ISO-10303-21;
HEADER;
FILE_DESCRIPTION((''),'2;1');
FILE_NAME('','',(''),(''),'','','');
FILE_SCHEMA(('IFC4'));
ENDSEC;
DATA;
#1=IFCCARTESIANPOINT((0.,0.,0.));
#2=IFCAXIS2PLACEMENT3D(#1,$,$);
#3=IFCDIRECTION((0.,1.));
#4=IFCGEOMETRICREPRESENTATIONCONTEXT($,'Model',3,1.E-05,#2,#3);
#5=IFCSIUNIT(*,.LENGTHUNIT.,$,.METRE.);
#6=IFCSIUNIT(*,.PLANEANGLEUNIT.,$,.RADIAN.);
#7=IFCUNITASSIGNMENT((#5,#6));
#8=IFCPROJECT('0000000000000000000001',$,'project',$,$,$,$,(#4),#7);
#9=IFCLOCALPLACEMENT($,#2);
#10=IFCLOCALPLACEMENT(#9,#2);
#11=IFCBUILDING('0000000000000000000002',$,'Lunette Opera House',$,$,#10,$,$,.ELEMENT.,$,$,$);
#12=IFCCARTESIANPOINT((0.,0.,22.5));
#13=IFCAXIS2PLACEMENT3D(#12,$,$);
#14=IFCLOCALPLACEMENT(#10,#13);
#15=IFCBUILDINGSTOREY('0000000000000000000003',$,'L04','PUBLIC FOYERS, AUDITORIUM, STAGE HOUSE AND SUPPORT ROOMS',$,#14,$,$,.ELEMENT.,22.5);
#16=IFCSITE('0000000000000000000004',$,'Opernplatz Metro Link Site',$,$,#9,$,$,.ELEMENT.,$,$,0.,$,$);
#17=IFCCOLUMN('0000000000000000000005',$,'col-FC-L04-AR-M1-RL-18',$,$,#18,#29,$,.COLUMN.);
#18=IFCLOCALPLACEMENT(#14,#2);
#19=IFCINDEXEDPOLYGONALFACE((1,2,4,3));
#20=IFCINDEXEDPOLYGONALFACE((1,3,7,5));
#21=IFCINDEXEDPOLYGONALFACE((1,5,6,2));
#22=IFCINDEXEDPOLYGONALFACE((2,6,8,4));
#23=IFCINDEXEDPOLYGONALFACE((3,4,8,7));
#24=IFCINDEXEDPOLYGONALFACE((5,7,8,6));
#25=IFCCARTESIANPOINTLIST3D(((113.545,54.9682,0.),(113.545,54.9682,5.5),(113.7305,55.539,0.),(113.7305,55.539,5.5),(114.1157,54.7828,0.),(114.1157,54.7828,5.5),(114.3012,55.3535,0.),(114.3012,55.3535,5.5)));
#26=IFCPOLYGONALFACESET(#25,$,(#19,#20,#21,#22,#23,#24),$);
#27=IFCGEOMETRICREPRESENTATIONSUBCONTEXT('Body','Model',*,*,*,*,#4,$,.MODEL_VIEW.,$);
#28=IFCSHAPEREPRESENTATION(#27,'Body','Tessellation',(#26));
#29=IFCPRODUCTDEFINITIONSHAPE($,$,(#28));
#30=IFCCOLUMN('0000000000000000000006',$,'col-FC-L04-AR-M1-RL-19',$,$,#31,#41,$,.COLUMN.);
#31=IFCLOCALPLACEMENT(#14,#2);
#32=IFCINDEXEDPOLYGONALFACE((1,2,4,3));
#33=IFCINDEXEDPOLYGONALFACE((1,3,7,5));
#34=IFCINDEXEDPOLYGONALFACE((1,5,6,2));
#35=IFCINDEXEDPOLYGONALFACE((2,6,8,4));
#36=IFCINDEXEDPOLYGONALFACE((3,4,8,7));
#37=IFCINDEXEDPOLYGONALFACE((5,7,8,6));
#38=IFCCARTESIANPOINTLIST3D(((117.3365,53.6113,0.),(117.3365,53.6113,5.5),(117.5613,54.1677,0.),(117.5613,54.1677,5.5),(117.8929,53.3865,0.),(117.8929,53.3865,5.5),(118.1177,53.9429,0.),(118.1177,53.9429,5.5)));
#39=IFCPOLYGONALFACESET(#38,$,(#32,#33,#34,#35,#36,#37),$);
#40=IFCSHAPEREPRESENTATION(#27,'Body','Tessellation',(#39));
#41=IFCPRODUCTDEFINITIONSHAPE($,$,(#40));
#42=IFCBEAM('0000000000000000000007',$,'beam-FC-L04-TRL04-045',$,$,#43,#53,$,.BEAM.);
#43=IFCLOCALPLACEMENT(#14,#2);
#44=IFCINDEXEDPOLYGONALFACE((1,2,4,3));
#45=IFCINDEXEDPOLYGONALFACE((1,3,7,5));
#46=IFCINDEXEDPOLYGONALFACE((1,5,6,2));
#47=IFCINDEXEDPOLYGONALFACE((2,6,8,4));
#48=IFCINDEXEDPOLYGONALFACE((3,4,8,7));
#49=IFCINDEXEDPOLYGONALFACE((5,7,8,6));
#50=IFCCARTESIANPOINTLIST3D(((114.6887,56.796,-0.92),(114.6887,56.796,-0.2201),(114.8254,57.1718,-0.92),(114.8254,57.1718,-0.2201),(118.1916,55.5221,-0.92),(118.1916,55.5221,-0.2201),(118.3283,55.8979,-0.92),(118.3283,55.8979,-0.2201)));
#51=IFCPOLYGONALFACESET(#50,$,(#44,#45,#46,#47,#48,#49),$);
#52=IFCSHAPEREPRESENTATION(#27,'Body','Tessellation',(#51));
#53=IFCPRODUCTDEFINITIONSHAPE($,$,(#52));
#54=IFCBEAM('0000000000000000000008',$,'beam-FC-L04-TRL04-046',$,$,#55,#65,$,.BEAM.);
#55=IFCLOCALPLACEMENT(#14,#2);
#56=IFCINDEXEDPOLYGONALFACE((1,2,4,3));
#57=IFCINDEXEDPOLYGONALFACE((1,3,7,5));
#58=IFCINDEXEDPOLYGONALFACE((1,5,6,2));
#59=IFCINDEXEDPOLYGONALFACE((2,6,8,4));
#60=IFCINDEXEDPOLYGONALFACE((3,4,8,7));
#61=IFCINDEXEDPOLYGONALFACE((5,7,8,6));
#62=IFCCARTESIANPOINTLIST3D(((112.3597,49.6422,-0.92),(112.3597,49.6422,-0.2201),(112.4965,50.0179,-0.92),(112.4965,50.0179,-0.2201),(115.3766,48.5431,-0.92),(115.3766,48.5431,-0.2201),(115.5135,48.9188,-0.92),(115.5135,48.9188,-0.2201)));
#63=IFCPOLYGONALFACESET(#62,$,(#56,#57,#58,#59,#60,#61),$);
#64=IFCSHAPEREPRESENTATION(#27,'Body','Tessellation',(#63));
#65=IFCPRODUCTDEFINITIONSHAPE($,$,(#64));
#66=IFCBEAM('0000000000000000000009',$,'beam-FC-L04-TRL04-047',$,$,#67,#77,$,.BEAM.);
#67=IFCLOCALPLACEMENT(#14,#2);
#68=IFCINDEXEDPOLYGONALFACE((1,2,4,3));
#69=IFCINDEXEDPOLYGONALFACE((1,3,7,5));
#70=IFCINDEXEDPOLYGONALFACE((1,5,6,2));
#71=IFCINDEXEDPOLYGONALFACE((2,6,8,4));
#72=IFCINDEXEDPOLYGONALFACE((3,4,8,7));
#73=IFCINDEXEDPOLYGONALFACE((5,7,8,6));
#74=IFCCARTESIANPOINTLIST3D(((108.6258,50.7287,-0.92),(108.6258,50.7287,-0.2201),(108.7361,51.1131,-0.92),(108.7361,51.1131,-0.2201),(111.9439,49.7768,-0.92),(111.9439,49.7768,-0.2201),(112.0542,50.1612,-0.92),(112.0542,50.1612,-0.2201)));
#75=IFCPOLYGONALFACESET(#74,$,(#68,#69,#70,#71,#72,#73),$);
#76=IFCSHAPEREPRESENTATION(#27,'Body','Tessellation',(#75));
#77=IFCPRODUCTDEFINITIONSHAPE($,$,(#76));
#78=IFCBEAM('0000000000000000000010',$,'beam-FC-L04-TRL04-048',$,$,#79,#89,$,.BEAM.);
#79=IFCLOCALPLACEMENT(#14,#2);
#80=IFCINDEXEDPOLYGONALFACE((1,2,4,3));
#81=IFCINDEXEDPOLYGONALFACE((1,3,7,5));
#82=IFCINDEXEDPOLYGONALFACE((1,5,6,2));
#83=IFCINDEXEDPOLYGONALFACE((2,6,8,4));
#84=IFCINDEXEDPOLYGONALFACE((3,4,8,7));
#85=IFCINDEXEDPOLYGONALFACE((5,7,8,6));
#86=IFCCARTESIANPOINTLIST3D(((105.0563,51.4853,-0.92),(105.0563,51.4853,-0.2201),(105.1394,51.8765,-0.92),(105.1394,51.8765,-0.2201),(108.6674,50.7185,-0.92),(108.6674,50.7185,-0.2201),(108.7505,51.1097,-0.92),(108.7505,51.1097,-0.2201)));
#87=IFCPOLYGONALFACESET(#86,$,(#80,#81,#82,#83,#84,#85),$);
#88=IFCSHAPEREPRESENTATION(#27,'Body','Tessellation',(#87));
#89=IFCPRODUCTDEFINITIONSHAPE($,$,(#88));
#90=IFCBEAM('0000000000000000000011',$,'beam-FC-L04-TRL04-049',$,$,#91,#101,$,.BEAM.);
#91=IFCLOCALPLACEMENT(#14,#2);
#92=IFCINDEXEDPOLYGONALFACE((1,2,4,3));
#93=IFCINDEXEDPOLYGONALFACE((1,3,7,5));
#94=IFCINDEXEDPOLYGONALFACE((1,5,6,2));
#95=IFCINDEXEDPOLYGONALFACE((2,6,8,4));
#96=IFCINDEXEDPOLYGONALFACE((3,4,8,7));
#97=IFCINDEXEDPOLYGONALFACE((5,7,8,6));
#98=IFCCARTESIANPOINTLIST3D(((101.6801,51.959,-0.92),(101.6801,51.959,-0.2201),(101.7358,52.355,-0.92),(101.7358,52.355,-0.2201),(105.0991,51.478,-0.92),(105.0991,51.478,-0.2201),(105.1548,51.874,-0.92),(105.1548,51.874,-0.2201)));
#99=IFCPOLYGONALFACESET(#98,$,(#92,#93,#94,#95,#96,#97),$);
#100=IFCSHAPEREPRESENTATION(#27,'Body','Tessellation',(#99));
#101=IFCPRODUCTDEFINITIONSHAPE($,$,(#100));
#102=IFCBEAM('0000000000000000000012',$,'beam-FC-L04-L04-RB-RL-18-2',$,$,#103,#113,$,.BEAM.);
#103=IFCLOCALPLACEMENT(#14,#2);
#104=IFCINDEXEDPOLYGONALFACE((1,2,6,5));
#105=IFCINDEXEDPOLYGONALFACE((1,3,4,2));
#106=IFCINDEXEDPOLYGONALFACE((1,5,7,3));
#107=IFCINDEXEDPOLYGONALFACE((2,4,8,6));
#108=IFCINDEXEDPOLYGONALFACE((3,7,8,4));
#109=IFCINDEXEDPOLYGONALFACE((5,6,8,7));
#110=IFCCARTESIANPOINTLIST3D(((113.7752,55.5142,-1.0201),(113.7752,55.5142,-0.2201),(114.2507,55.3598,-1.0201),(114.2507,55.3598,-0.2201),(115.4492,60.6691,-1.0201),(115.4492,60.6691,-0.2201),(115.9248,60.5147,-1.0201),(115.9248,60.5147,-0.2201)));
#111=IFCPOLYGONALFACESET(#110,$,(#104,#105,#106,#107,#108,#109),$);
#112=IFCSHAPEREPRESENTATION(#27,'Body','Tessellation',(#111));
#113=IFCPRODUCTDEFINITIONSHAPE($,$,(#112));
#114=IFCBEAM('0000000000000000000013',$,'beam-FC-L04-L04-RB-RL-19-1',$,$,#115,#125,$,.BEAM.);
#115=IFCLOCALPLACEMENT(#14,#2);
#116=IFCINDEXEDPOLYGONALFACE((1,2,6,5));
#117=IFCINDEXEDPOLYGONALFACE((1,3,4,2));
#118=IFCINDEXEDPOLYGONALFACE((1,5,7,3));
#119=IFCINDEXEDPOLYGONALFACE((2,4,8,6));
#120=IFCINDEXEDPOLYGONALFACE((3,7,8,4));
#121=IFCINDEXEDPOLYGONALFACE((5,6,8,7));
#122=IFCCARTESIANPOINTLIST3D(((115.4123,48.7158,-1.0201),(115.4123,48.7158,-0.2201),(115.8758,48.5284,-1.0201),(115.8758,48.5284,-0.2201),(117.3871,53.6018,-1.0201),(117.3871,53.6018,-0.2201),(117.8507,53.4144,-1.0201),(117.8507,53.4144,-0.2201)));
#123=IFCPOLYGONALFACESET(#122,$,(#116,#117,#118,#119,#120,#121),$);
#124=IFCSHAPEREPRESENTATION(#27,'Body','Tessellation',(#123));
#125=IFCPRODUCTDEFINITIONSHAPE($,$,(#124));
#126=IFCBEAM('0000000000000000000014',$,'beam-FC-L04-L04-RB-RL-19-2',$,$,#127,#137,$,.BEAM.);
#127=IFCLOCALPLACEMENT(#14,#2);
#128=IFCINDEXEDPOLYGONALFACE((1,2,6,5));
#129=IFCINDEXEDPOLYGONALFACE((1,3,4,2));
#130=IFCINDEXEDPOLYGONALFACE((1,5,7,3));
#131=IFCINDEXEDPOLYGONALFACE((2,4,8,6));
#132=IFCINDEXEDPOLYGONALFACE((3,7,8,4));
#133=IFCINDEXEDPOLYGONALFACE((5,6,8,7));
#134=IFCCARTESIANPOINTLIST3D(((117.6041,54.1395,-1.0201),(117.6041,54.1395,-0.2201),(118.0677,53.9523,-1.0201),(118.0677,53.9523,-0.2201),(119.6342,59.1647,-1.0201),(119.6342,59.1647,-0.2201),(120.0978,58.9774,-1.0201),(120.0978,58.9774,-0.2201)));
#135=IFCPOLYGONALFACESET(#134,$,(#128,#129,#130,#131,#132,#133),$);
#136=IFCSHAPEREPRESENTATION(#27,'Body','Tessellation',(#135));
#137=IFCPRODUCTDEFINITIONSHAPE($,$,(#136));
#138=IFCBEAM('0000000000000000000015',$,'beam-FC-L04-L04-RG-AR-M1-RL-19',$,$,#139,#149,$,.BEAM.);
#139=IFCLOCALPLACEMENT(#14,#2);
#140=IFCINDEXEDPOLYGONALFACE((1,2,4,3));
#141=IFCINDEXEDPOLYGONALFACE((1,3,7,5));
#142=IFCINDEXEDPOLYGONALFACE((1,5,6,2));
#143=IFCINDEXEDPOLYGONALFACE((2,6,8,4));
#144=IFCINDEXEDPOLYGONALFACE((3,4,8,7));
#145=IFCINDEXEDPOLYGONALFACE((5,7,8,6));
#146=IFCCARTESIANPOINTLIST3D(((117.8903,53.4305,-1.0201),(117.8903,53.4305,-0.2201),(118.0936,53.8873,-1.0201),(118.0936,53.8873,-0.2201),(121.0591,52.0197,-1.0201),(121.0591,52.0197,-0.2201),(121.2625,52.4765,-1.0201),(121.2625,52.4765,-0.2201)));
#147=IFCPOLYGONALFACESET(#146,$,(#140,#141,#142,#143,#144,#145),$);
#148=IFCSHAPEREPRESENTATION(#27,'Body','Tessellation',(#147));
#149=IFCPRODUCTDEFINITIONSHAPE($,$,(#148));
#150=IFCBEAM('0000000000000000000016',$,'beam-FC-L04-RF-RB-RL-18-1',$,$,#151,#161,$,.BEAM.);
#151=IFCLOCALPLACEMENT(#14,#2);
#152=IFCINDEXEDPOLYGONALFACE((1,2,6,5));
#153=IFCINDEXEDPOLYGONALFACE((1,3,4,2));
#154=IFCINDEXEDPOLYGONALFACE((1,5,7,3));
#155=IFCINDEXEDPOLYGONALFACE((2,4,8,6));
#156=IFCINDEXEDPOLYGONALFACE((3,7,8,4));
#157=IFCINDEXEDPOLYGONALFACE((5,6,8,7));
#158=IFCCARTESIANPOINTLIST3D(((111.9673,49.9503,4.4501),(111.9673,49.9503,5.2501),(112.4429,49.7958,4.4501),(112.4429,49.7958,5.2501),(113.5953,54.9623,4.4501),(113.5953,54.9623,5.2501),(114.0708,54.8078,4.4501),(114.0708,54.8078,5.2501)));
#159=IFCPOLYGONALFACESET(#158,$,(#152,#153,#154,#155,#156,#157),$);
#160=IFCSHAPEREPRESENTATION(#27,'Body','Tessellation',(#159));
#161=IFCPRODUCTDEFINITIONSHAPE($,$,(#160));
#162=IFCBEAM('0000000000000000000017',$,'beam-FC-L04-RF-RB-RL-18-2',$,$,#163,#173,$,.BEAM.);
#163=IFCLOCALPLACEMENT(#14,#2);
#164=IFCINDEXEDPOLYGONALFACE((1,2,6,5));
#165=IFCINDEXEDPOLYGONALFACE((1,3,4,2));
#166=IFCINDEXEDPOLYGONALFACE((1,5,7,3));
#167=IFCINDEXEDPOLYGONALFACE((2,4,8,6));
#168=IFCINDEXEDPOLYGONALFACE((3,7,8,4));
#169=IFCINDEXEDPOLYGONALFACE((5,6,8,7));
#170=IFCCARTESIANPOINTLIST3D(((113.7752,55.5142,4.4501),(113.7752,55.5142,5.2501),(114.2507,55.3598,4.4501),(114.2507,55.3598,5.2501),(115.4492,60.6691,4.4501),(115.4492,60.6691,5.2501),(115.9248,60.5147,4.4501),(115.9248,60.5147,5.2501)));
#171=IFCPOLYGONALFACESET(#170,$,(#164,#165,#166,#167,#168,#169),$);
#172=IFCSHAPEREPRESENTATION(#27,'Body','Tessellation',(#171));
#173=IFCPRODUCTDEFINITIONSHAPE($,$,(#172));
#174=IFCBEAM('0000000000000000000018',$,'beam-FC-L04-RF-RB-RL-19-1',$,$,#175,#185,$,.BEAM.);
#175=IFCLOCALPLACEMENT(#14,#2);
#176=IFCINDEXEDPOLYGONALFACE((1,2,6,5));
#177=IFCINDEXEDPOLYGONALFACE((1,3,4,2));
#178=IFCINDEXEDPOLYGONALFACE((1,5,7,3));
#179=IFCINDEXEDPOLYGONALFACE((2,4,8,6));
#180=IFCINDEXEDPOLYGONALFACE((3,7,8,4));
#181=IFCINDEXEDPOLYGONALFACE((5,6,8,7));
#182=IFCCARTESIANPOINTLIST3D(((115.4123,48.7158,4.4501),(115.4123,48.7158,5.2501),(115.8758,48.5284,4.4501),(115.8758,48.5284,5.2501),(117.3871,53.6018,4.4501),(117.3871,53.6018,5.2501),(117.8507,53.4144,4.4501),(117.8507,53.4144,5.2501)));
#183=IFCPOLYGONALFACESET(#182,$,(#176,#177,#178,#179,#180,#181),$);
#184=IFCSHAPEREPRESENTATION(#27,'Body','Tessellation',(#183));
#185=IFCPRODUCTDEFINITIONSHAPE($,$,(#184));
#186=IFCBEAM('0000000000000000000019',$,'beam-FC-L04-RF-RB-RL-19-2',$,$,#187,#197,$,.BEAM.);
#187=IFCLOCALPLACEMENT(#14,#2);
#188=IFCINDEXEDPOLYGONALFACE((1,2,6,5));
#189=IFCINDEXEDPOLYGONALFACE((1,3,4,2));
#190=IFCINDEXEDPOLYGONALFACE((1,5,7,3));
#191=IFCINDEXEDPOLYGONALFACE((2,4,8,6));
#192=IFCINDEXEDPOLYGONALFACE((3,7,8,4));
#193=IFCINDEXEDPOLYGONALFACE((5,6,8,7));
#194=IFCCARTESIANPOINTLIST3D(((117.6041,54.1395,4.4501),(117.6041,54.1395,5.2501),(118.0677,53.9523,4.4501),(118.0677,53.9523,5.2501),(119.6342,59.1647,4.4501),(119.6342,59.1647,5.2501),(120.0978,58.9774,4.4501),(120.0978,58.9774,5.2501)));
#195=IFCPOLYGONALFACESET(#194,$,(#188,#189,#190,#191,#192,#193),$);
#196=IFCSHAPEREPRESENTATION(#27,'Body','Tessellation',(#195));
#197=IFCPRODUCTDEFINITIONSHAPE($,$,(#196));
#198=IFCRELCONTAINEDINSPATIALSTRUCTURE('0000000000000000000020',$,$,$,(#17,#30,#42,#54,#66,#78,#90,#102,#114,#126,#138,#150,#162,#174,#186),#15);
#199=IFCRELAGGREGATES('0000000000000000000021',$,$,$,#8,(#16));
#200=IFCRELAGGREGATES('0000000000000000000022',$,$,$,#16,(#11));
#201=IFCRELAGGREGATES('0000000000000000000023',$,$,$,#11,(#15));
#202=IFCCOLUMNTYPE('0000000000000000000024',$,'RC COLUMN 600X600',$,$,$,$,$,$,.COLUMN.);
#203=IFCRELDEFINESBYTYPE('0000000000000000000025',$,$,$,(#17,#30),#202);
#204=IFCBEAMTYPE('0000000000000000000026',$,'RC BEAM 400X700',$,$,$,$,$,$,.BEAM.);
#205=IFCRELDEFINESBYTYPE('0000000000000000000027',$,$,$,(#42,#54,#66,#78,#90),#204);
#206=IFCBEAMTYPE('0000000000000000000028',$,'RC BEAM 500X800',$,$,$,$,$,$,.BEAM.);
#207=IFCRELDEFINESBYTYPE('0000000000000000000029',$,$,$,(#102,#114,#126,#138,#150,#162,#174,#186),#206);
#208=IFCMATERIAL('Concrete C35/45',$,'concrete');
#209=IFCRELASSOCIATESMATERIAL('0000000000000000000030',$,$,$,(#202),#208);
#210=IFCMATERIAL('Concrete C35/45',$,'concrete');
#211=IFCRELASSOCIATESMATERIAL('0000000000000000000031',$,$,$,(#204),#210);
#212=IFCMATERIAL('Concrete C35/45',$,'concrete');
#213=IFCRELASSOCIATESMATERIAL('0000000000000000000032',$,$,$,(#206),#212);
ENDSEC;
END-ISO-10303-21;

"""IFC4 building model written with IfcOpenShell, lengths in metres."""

from ifc_helpers import new_model, si_unit, direction, frame, origin, origin_2d, place, context, subcontext, project, spatial, rectangle, extrude, material, material_profile, profile_set, type_object, element, save


model = new_model("IFC4")

# Units and contexts
model_context = context("Model", 3, precision=1e-05, world=origin(), true_north=direction((0.0, 1.0)))
body_context = subcontext(model_context, "Body", "Model", "MODEL_VIEW")
ifc_project = project(units=[si_unit("LENGTHUNIT", "METRE"), si_unit("PLANEANGLEUNIT", "RADIAN")], contexts=[model_context])

# Site, building, storey
site_placement = place(None, origin())
site = spatial("IfcSite", under=ifc_project, at=site_placement, Name="Opernplatz Metro Link Site", CompositionType="ELEMENT", RefElevation=0.0)
building_placement = place(site_placement, origin())
building = spatial("IfcBuilding", under=site, at=building_placement, Name="Lunette Opera House", CompositionType="ELEMENT")
storey_placement = place(building_placement, frame((0.0, 0.0, 22.5)))
storey = spatial("IfcBuildingStorey", under=building, at=storey_placement, Name="L04", Description="PUBLIC FOYERS, AUDITORIUM, STAGE HOUSE AND SUPPORT ROOMS", CompositionType="ELEMENT", Elevation=22.5)

# Columns
ifc_material_1 = material(Name="Concrete C35/45", Category="concrete")
ifc_material_profile_1 = material_profile(ifc_material_1, rectangle(XDim=0.6001, YDim=0.6001, at=origin_2d()), Name="RC COLUMN 600X600")
ifc_profile_set_1 = profile_set([ifc_material_profile_1], Name="Concrete C35/45")
column_type = type_object("IfcColumnType", Name="RC COLUMN 600X600", PredefinedType="COLUMN", material=ifc_profile_set_1)
for number, where, z_axis, x_axis, name in (
    (1, (113.9231, 55.1609, 0.0), (0.0, 0.0, 1.0), (0.951057, -0.309017, 0.0), "col-FC-L04-AR-M1-RL-18"),
    (2, (117.7271, 53.7771, 0.0), (0.0, 0.0, 1.0), (0.927184, -0.374607, 0.0), "col-FC-L04-AR-M1-RL-19"),
):
    element("IfcColumn", number, at=place(storey_placement, frame(where, z_axis=z_axis, x_axis=x_axis)), inside=storey, type_object=column_type, Name=name, PredefinedType="COLUMN", context=body_context, shape_type="SweptSolid", body=[
        extrude(rectangle(XDim=0.6001, YDim=0.6001, at=origin_2d()), origin(), (0.0, 0.0, 1.0), 5.5),
    ])

# Beams
ifc_material_2 = material(Name="Concrete C35/45", Category="concrete")
ifc_material_profile_2 = material_profile(ifc_material_2, rectangle(XDim=0.3999, YDim=0.7, at=origin_2d()), Name="RC BEAM 400X700")
ifc_profile_set_2 = profile_set([ifc_material_profile_2], Name="Concrete C35/45")
beam_type_1 = type_object("IfcBeamType", Name="RC BEAM 400X700", PredefinedType="BEAM", material=ifc_profile_set_2)
beam_1_placement = place(storey_placement, frame((114.7571, 56.9839, -0.5701), z_axis=(0.939782, -0.341775, 0.0), x_axis=(0.341775, 0.939782, 0.0)))
element("IfcBeam", 3, at=beam_1_placement, inside=storey, type_object=beam_type_1, Name="beam-FC-L04-TRL04-045", PredefinedType="BEAM", context=body_context, shape_type="SweptSolid", body=[
    extrude(rectangle(XDim=0.3999, YDim=0.7, at=origin_2d()), origin(), (0.0, 0.0, 1.0), 3.7273),
])
beam_2_placement = place(storey_placement, frame((115.4451, 48.731, -0.5701), z_axis=(-0.939593, 0.342292, 0.0), x_axis=(-0.342292, -0.939593, 0.0)))
element("IfcBeam", 4, at=beam_2_placement, inside=storey, type_object=beam_type_1, Name="beam-FC-L04-TRL04-046", PredefinedType="BEAM", context=body_context, shape_type="SweptSolid", body=[
    extrude(rectangle(XDim=0.3999, YDim=0.7, at=origin_2d()), origin(), (0.0, 0.0, 1.0), 3.2109),
])
beam_3_placement = place(storey_placement, frame((111.999, 49.969, -0.5701), z_axis=(-0.961227, 0.275758, 0.0), x_axis=(-0.275758, -0.961227, 0.0)))
element("IfcBeam", 5, at=beam_3_placement, inside=storey, type_object=beam_type_1, Name="beam-FC-L04-TRL04-047", PredefinedType="BEAM", context=body_context, shape_type="SweptSolid", body=[
    extrude(rectangle(XDim=0.3999, YDim=0.7, at=origin_2d()), origin(), (0.0, 0.0, 1.0), 3.4519),
])
beam_4_placement = place(storey_placement, frame((108.709, 50.9141, -0.5701), z_axis=(-0.978187, 0.207727, 0.0), x_axis=(-0.207727, -0.978187, 0.0)))
element("IfcBeam", 6, at=beam_4_placement, inside=storey, type_object=beam_type_1, Name="beam-FC-L04-TRL04-048", PredefinedType="BEAM", context=body_context, shape_type="SweptSolid", body=[
    extrude(rectangle(XDim=0.3999, YDim=0.7, at=origin_2d()), origin(), (0.0, 0.0, 1.0), 3.6917),
])
beam_5_placement = place(storey_placement, frame((105.127, 51.676, -0.5701), z_axis=(-0.99025, 0.139303, 0.0), x_axis=(-0.139303, -0.99025, 0.0)))
element("IfcBeam", 7, at=beam_5_placement, inside=storey, type_object=beam_type_1, Name="beam-FC-L04-TRL04-049", PredefinedType="BEAM", context=body_context, shape_type="SweptSolid", body=[
    extrude(rectangle(XDim=0.3999, YDim=0.7, at=origin_2d()), origin(), (0.0, 0.0, 1.0), 3.4526),
])
ifc_material_3 = material(Name="Concrete C35/45", Category="concrete")
ifc_material_profile_3 = material_profile(ifc_material_3, rectangle(XDim=0.5, YDim=0.8, at=origin_2d()), Name="RC BEAM 500X800")
ifc_profile_set_3 = profile_set([ifc_material_profile_3], Name="Concrete C35/45")
beam_type_2 = type_object("IfcBeamType", Name="RC BEAM 500X800", PredefinedType="BEAM", material=ifc_profile_set_3)
beam_6_placement = place(storey_placement, frame((114.0129, 55.437, -0.6201), z_axis=(0.308867, 0.951105, 0.0), x_axis=(-0.951105, 0.308867, 0.0)))
element("IfcBeam", 8, at=beam_6_placement, inside=storey, type_object=beam_type_2, Name="beam-FC-L04-L04-RB-RL-18-2", PredefinedType="BEAM", context=body_context, shape_type="SweptSolid", body=[
    extrude(rectangle(XDim=0.5, YDim=0.8, at=origin_2d()), origin(), (0.0, 0.0, 1.0), 5.4199),
])
beam_7_placement = place(storey_placement, frame((115.644, 48.6221, -0.6201), z_axis=(0.374735, 0.927132, 0.0), x_axis=(-0.927132, 0.374735, 0.0)))
element("IfcBeam", 9, at=beam_7_placement, inside=storey, type_object=beam_type_2, Name="beam-FC-L04-L04-RB-RL-19-1", PredefinedType="BEAM", context=body_context, shape_type="SweptSolid", body=[
    extrude(rectangle(XDim=0.5, YDim=0.8, at=origin_2d()), origin(), (0.0, 0.0, 1.0), 5.27),
])
beam_8_placement = place(storey_placement, frame((117.8359, 54.0459, -0.6201), z_axis=(0.374565, 0.927201, 0.0), x_axis=(-0.927201, 0.374565, 0.0)))
element("IfcBeam", 10, at=beam_8_placement, inside=storey, type_object=beam_type_2, Name="beam-FC-L04-L04-RB-RL-19-2", PredefinedType="BEAM", context=body_context, shape_type="SweptSolid", body=[
    extrude(rectangle(XDim=0.5, YDim=0.8, at=origin_2d()), origin(), (0.0, 0.0, 1.0), 5.4197),
])
beam_9_placement = place(storey_placement, frame((117.9919, 53.6589, -0.6201), z_axis=(0.913547, -0.406733, 0.0), x_axis=(0.406733, 0.913547, 0.0)))
element("IfcBeam", 11, at=beam_9_placement, inside=storey, type_object=beam_type_2, Name="beam-FC-L04-L04-RG-AR-M1-RL-19", PredefinedType="BEAM", context=body_context, shape_type="SweptSolid", body=[
    extrude(rectangle(XDim=0.5, YDim=0.8, at=origin_2d()), origin(), (0.0, 0.0, 1.0), 3.4688),
])
beam_10_placement = place(storey_placement, frame((112.2051, 49.873, 4.8501), z_axis=(0.308922, 0.951088, 0.0), x_axis=(-0.951088, 0.308922, 0.0)))
element("IfcBeam", 12, at=beam_10_placement, inside=storey, type_object=beam_type_2, Name="beam-FC-L04-RF-RB-RL-18-1", PredefinedType="BEAM", context=body_context, shape_type="SweptSolid", body=[
    extrude(rectangle(XDim=0.5, YDim=0.8, at=origin_2d()), origin(), (0.0, 0.0, 1.0), 5.2698),
])
beam_11_placement = place(storey_placement, frame((114.0129, 55.437, 4.8501), z_axis=(0.308867, 0.951105, 0.0), x_axis=(-0.951105, 0.308867, 0.0)))
element("IfcBeam", 13, at=beam_11_placement, inside=storey, type_object=beam_type_2, Name="beam-FC-L04-RF-RB-RL-18-2", PredefinedType="BEAM", context=body_context, shape_type="SweptSolid", body=[
    extrude(rectangle(XDim=0.5, YDim=0.8, at=origin_2d()), origin(), (0.0, 0.0, 1.0), 5.4199),
])
beam_12_placement = place(storey_placement, frame((115.644, 48.6221, 4.8501), z_axis=(0.374735, 0.927132, 0.0), x_axis=(-0.927132, 0.374735, 0.0)))
element("IfcBeam", 14, at=beam_12_placement, inside=storey, type_object=beam_type_2, Name="beam-FC-L04-RF-RB-RL-19-1", PredefinedType="BEAM", context=body_context, shape_type="SweptSolid", body=[
    extrude(rectangle(XDim=0.5, YDim=0.8, at=origin_2d()), origin(), (0.0, 0.0, 1.0), 5.27),
])
beam_13_placement = place(storey_placement, frame((117.8359, 54.0459, 4.8501), z_axis=(0.374565, 0.927201, 0.0), x_axis=(-0.927201, 0.374565, 0.0)))
element("IfcBeam", 15, at=beam_13_placement, inside=storey, type_object=beam_type_2, Name="beam-FC-L04-RF-RB-RL-19-2", PredefinedType="BEAM", context=body_context, shape_type="SweptSolid", body=[
    extrude(rectangle(XDim=0.5, YDim=0.8, at=origin_2d()), origin(), (0.0, 0.0, 1.0), 5.4197),
])

save(model, "model.ifc")
